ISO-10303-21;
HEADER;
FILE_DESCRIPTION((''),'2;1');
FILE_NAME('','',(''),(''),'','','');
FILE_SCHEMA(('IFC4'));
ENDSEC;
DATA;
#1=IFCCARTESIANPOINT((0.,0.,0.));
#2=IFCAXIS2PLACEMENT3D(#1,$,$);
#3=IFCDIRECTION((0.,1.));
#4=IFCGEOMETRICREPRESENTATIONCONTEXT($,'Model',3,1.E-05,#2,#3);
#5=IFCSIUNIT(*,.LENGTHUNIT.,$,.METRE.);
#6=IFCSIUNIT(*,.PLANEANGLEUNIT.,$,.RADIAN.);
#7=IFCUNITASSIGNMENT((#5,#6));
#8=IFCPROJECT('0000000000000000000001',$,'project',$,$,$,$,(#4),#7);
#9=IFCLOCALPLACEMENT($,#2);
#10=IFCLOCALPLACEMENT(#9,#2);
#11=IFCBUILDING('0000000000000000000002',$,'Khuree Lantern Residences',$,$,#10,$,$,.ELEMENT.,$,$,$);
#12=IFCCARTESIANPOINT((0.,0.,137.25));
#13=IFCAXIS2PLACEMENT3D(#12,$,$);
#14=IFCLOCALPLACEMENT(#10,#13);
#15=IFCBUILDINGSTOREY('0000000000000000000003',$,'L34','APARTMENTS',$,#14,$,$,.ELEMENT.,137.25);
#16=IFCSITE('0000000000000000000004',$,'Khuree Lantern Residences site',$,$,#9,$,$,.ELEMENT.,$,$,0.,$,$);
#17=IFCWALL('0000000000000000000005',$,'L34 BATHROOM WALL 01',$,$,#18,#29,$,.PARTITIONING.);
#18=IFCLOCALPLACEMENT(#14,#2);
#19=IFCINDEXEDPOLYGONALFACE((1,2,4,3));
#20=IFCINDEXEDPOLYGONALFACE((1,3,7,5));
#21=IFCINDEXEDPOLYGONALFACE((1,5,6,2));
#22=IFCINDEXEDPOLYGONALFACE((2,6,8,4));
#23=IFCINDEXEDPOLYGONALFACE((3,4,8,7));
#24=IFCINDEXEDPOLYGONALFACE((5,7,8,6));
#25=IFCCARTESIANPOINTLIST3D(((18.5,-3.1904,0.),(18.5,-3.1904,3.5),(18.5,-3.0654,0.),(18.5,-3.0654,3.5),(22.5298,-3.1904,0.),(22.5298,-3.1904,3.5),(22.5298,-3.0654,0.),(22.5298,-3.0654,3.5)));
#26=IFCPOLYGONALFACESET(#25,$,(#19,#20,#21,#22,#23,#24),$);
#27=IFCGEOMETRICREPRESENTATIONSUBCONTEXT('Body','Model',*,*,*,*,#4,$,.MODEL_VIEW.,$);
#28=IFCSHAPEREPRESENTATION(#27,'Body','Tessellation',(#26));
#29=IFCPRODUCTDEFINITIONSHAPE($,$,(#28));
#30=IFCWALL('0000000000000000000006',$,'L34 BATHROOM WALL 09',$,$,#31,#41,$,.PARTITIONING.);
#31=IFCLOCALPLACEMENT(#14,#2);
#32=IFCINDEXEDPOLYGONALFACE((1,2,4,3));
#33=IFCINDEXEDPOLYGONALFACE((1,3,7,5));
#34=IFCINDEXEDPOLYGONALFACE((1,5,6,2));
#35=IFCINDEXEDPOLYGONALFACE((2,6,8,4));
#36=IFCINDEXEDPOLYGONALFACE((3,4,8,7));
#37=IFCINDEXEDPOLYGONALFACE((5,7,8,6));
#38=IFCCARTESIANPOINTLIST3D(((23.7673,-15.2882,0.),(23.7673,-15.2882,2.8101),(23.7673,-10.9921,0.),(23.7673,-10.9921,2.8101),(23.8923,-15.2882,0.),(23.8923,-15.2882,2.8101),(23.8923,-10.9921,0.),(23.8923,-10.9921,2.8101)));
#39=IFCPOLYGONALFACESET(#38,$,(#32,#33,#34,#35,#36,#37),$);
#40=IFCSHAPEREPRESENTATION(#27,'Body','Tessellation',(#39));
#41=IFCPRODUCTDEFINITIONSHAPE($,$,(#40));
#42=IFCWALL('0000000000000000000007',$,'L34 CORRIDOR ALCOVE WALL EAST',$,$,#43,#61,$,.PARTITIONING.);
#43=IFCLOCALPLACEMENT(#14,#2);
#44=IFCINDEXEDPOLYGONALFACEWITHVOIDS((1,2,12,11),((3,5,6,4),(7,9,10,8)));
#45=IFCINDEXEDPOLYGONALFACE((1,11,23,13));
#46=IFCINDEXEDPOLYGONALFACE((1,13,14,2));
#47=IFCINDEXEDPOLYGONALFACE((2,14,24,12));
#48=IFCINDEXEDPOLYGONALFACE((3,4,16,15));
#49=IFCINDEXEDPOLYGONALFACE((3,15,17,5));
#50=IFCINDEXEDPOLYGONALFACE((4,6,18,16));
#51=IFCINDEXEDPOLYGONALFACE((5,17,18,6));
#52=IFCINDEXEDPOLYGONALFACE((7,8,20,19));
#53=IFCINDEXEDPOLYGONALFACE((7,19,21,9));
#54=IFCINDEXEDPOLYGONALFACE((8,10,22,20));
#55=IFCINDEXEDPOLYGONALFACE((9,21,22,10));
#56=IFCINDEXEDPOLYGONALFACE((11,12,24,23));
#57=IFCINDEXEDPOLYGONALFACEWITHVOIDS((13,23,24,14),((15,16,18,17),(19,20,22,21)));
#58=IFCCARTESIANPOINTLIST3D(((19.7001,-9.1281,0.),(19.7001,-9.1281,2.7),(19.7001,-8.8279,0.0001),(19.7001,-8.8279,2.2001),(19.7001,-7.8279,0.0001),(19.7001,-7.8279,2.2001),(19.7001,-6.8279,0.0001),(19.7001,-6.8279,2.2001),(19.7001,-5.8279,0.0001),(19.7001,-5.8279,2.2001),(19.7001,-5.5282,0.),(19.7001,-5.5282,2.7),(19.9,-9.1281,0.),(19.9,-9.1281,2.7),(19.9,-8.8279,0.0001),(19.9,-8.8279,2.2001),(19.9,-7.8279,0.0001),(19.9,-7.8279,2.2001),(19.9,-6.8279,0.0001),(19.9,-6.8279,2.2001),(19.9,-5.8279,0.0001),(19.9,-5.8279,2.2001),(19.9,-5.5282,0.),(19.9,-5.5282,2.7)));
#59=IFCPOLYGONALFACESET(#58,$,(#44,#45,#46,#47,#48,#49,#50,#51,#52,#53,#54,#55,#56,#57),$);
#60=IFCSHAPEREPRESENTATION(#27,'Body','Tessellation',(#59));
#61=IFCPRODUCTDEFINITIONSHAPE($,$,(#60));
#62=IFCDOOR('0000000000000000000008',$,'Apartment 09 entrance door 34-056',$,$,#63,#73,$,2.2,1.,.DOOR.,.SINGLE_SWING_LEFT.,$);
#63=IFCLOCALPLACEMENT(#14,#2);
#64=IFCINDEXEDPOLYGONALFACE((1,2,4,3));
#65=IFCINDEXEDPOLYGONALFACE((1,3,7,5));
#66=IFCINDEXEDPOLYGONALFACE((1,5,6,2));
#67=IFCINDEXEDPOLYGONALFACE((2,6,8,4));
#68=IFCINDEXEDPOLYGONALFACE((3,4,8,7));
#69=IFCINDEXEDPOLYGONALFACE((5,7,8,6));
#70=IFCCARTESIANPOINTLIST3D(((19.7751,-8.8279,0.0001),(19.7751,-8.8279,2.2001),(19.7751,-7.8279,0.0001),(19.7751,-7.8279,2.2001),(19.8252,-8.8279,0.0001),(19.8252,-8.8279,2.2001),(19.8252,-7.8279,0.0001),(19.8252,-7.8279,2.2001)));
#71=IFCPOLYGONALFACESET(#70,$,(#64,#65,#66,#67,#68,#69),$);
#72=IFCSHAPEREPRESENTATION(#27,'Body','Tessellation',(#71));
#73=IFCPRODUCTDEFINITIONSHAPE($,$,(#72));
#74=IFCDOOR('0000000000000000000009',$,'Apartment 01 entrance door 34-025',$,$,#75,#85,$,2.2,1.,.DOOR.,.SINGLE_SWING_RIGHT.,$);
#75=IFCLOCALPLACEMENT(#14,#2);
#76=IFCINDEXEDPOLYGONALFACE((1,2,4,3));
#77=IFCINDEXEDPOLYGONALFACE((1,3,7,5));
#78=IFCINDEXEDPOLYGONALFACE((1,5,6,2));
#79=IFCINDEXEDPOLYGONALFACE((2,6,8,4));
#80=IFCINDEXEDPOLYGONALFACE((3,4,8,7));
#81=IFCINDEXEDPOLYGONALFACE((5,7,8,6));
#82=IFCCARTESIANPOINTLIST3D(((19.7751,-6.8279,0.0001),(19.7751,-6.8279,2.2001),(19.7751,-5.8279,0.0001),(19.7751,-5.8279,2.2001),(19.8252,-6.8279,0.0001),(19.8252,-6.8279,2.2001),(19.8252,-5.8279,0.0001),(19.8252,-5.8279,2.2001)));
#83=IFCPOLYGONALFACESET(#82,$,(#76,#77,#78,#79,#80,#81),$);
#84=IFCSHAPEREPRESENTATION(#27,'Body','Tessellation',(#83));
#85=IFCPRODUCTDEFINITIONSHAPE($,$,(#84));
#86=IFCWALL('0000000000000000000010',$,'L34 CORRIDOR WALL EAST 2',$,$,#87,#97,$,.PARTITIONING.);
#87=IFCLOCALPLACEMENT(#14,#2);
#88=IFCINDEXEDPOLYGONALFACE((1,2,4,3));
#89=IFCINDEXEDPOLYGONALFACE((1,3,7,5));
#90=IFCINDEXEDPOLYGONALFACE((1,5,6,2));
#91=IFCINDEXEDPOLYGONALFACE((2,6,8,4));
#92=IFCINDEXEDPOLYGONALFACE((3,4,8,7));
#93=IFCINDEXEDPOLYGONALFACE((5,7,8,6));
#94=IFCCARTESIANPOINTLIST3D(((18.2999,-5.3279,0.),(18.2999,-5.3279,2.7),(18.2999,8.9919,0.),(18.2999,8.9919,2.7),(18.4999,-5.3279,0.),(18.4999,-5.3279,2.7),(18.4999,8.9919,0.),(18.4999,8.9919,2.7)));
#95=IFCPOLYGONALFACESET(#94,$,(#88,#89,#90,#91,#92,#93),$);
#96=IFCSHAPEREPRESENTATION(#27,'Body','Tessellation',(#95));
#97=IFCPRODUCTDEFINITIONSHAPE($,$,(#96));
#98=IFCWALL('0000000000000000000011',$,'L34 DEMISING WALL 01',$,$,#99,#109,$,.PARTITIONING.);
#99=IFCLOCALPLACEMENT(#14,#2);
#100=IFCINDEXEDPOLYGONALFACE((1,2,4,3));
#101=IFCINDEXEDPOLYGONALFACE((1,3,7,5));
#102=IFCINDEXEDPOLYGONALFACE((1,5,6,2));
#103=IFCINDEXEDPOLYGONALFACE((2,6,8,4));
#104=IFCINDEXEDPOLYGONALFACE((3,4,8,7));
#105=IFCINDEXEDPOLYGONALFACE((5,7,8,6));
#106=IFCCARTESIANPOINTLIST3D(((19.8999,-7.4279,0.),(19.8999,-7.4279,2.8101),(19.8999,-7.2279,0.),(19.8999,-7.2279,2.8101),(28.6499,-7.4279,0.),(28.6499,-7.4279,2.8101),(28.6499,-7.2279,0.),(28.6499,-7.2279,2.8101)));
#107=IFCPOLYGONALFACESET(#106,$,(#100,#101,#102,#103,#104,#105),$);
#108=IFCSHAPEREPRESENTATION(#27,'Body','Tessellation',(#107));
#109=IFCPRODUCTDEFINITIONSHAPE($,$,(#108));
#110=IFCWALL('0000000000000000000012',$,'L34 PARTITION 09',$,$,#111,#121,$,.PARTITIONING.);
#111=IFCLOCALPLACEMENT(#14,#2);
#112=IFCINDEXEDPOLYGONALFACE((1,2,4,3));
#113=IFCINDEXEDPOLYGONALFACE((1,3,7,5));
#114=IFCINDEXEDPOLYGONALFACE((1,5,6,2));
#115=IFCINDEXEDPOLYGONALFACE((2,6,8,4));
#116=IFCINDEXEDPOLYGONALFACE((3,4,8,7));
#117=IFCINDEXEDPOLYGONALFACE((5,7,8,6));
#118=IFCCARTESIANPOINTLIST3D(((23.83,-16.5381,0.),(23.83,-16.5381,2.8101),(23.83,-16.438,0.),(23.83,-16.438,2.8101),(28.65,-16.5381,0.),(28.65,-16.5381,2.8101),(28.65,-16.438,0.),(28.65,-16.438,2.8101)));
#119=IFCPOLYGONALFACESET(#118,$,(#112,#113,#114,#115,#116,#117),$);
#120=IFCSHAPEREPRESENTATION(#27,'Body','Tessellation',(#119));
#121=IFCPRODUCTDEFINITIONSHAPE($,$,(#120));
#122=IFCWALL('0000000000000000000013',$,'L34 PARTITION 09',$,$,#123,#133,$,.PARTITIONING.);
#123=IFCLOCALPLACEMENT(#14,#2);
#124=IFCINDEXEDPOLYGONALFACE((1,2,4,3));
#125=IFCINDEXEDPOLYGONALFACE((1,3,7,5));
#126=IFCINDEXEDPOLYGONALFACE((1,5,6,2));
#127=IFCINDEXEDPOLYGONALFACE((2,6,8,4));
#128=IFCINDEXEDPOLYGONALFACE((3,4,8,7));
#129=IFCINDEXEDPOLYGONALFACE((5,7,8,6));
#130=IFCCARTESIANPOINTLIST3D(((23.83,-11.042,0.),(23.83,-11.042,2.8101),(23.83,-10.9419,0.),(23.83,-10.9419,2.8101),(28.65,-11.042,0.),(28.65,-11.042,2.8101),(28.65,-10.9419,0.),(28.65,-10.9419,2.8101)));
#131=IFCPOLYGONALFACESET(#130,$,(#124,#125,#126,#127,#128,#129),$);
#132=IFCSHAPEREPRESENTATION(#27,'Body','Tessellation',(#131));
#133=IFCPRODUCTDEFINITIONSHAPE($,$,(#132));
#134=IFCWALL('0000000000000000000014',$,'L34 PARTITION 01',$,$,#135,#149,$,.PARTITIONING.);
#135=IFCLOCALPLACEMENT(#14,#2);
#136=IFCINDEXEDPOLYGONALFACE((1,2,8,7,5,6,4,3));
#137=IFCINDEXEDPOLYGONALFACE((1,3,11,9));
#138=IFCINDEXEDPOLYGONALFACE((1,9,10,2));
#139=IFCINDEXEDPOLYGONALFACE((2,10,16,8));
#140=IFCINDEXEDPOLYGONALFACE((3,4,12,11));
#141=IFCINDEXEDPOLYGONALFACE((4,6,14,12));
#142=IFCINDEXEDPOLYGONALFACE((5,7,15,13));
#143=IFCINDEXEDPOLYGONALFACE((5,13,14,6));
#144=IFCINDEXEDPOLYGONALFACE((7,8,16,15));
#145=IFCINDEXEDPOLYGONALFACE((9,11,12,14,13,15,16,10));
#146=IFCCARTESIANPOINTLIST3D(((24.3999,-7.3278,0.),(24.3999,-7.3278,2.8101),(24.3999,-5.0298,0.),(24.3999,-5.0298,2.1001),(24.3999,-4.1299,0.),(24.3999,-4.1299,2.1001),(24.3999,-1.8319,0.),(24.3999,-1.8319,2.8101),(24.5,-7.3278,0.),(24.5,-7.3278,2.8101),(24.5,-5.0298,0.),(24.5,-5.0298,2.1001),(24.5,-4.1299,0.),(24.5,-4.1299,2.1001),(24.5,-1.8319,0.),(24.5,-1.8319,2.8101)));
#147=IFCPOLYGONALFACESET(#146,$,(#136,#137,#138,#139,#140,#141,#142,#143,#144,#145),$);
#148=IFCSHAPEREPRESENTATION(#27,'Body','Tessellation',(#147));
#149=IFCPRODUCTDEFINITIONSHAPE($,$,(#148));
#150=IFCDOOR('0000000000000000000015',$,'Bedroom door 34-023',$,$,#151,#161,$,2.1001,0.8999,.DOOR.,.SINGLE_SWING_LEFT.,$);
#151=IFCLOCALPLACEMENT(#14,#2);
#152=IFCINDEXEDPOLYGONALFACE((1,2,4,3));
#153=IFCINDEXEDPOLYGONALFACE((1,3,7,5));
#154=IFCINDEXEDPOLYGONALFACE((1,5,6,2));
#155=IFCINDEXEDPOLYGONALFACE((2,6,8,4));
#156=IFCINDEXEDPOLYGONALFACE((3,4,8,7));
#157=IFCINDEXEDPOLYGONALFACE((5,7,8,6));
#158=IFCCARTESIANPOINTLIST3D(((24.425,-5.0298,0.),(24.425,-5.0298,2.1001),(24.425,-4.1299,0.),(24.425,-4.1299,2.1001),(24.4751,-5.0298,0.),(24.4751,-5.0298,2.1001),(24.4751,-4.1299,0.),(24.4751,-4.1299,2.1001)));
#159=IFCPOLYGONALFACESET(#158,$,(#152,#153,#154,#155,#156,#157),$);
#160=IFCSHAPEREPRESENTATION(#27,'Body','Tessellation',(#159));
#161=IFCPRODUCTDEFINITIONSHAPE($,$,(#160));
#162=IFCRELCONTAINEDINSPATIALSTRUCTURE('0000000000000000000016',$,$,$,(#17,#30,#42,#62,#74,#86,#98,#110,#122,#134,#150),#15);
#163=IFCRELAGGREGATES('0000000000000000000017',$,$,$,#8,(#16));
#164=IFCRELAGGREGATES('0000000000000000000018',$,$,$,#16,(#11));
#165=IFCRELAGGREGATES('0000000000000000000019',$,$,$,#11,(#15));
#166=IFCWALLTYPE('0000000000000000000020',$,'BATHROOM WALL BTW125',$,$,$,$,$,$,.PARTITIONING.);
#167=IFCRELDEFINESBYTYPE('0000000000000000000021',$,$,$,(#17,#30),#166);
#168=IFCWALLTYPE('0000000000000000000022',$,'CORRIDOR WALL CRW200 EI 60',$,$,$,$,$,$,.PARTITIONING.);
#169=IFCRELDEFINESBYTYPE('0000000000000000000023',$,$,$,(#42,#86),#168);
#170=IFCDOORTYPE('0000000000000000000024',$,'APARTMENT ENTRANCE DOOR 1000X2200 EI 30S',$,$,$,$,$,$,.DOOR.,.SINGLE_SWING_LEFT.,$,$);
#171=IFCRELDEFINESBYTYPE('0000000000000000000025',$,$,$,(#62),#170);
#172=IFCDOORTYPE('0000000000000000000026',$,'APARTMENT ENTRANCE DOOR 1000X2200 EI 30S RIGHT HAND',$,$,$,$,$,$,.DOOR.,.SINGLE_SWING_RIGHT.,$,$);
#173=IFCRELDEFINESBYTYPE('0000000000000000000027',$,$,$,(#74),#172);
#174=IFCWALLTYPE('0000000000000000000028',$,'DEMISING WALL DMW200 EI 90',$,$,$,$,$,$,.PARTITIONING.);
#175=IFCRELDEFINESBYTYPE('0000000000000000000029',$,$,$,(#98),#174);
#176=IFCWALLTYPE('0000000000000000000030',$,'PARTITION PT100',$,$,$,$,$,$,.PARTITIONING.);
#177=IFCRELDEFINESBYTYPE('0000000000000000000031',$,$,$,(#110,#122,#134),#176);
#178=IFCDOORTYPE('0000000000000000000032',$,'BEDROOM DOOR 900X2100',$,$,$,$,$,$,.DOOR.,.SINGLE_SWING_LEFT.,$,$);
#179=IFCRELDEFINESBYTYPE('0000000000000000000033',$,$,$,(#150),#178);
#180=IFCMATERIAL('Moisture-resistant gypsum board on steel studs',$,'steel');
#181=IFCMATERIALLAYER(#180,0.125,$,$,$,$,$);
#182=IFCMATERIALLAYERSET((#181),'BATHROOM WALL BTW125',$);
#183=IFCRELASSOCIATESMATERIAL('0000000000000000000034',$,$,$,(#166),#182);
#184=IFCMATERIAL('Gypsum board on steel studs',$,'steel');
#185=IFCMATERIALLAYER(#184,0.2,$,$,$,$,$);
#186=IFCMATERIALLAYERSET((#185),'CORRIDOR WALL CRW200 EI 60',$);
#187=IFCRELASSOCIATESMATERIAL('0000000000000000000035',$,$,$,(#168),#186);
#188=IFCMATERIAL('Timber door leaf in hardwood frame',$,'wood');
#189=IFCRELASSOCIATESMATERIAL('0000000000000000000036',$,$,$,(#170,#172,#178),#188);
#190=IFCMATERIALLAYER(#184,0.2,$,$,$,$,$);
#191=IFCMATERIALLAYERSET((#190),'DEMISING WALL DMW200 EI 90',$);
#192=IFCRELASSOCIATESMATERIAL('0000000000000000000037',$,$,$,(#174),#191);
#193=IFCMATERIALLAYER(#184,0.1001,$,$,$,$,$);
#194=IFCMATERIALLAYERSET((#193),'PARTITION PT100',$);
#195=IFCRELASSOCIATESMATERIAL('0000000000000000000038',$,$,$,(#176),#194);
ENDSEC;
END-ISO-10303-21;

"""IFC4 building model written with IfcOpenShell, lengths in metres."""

from ifc_helpers import new_model, si_unit, direction, frame, frame_2d, origin, place, context, subcontext, project, spatial, rectangle, extrude, material, layer, layer_set, type_object, element, fill, save


model = new_model("IFC4")

# Units and contexts
model_context = context("Model", 3, precision=1e-05, world=origin(), true_north=direction((0.0, 1.0)))
body_context = subcontext(model_context, "Body", "Model", "MODEL_VIEW")
ifc_project = project(units=[si_unit("LENGTHUNIT", "METRE"), si_unit("PLANEANGLEUNIT", "RADIAN")], contexts=[model_context])

# Site, building, storey
site_placement = place(None, origin())
site = spatial("IfcSite", under=ifc_project, at=site_placement, Name="Khuree Lantern Residences site", CompositionType="ELEMENT", RefElevation=0.0)
building_placement = place(site_placement, origin())
building = spatial("IfcBuilding", under=site, at=building_placement, Name="Khuree Lantern Residences", CompositionType="ELEMENT")
storey_placement = place(building_placement, frame((0.0, 0.0, 137.25)))
storey = spatial("IfcBuildingStorey", under=building, at=storey_placement, Name="L34", Description="APARTMENTS", CompositionType="ELEMENT", Elevation=137.25)

# Shared definitions
ifc_material_1 = material(Name="Moisture-resistant gypsum board on steel studs", Category="steel")
ifc_layer_1 = layer(ifc_material_1, 0.125)
ifc_layer_set_1 = layer_set([ifc_layer_1], Name="BATHROOM WALL BTW125")
wall_type_1 = type_object("IfcWallType", Name="BATHROOM WALL BTW125", PredefinedType="PARTITIONING", material=ifc_layer_set_1)
ifc_material_2 = material(Name="Timber door leaf in hardwood frame", Category="wood")

# Walls
wall_1_placement = place(storey_placement, frame((18.5, -3.1279, 0.0), z_axis=(0.0, 0.0, 1.0), x_axis=(1.0, 0.0, 0.0)))
element("IfcWall", 1, at=wall_1_placement, inside=storey, type_object=wall_type_1, Name="L34 BATHROOM WALL 01", PredefinedType="PARTITIONING", context=body_context, shape_type="SweptSolid", body=[
    extrude(rectangle(XDim=4.0298, YDim=0.125, at=frame_2d((2.0149, 0.0))), origin(), (0.0, 0.0, 1.0), 3.5),
])
wall_2_placement = place(storey_placement, frame((23.8298, -15.2881, 0.0), z_axis=(0.0, 0.0, 1.0), x_axis=(0.0, 1.0, 0.0)))
element("IfcWall", 2, at=wall_2_placement, inside=storey, type_object=wall_type_1, Name="L34 BATHROOM WALL 09", PredefinedType="PARTITIONING", context=body_context, shape_type="SweptSolid", body=[
    extrude(rectangle(XDim=4.2961, YDim=0.125, at=frame_2d((2.1479, 0.0))), origin(), (0.0, 0.0, 1.0), 2.8101),
])

# Wall, openings, doors
ifc_material_3 = material(Name="Gypsum board on steel studs", Category="steel")
ifc_layer_2 = layer(ifc_material_3, 0.2)
ifc_layer_set_2 = layer_set([ifc_layer_2], Name="CORRIDOR WALL CRW200 EI 60")
wall_type_2 = type_object("IfcWallType", Name="CORRIDOR WALL CRW200 EI 60", PredefinedType="PARTITIONING", material=ifc_layer_set_2)
wall_3_placement = place(storey_placement, frame((19.8, -9.1279, 0.0), z_axis=(0.0, 0.0, 1.0), x_axis=(0.0, 1.0, 0.0)))
wall_3 = element("IfcWall", 3, at=wall_3_placement, inside=storey, type_object=wall_type_2, Name="L34 CORRIDOR ALCOVE WALL EAST", PredefinedType="PARTITIONING", context=body_context, shape_type="SweptSolid", body=[
    extrude(rectangle(XDim=3.5999, YDim=0.2, at=frame_2d((1.7998, 0.0))), origin(), (0.0, 0.0, 1.0), 2.7),
])
opening_1_placement = place(wall_3_placement, frame((2.3, 0.0, 0.0)))
opening_1 = element("IfcOpeningElement", 4, at=opening_1_placement, cuts=wall_3, PredefinedType="OPENING", context=body_context, shape_type="SweptSolid", body=[
    extrude(rectangle(XDim=1.0, YDim=2.2, at=frame_2d((0.5, 1.1001))), frame((0.0, 0.1099, 0.0), z_axis=(0.0, -1.0, 0.0), x_axis=(1.0, 0.0, 0.0)), (0.0, 0.0, 1.0), 0.22),
])
opening_2_placement = place(wall_3_placement, frame((0.3, 0.0, 0.0)))
opening_2 = element("IfcOpeningElement", 5, at=opening_2_placement, cuts=wall_3, PredefinedType="OPENING", context=body_context, shape_type="SweptSolid", body=[
    extrude(rectangle(XDim=1.0, YDim=2.2, at=frame_2d((0.5, 1.1001))), frame((0.0, 0.1099, 0.0), z_axis=(0.0, -1.0, 0.0), x_axis=(1.0, 0.0, 0.0)), (0.0, 0.0, 1.0), 0.22),
])
door_type_1 = type_object("IfcDoorType", Name="APARTMENT ENTRANCE DOOR 1000X2200 EI 30S", OperationType="SINGLE_SWING_LEFT", PredefinedType="DOOR", material=ifc_material_2)
door_1_placement = place(opening_2_placement, origin())
door_1 = element("IfcDoor", 6, at=door_1_placement, inside=storey, type_object=door_type_1, Name="Apartment 09 entrance door 34-056", OperationType="SINGLE_SWING_LEFT", OverallHeight=2.2, OverallWidth=1.0, PredefinedType="DOOR", context=body_context, shape_type="SweptSolid", body=[
    extrude(rectangle(XDim=1.0, YDim=2.2, at=frame_2d((0.5, 1.1001))), frame((0.0, 0.0249, 0.0), z_axis=(0.0, -1.0, 0.0), x_axis=(1.0, 0.0, 0.0)), (0.0, 0.0, 1.0), 0.05),
])
fill(opening_2, door_1)
door_type_2 = type_object("IfcDoorType", Name="APARTMENT ENTRANCE DOOR 1000X2200 EI 30S RIGHT HAND", OperationType="SINGLE_SWING_RIGHT", PredefinedType="DOOR", material=ifc_material_2)
door_2_placement = place(opening_1_placement, origin())
door_2 = element("IfcDoor", 7, at=door_2_placement, inside=storey, type_object=door_type_2, Name="Apartment 01 entrance door 34-025", OperationType="SINGLE_SWING_RIGHT", OverallHeight=2.2, OverallWidth=1.0, PredefinedType="DOOR", context=body_context, shape_type="SweptSolid", body=[
    extrude(rectangle(XDim=1.0, YDim=2.2, at=frame_2d((0.5, 1.1001))), frame((0.0, 0.0249, 0.0), z_axis=(0.0, -1.0, 0.0), x_axis=(1.0, 0.0, 0.0)), (0.0, 0.0, 1.0), 0.05),
])
fill(opening_1, door_2)

# Walls
wall_4_placement = place(storey_placement, frame((18.3999, -5.3279, 0.0), z_axis=(0.0, 0.0, 1.0), x_axis=(0.0, 1.0, 0.0)))
element("IfcWall", 8, at=wall_4_placement, inside=storey, type_object=wall_type_2, Name="L34 CORRIDOR WALL EAST 2", PredefinedType="PARTITIONING", context=body_context, shape_type="SweptSolid", body=[
    extrude(rectangle(XDim=14.3198, YDim=0.2, at=frame_2d((7.1599, 0.0))), origin(), (0.0, 0.0, 1.0), 2.7),
])
ifc_layer_3 = layer(ifc_material_3, 0.2)
ifc_layer_set_3 = layer_set([ifc_layer_3], Name="DEMISING WALL DMW200 EI 90")
wall_type_3 = type_object("IfcWallType", Name="DEMISING WALL DMW200 EI 90", PredefinedType="PARTITIONING", material=ifc_layer_set_3)
wall_5_placement = place(storey_placement, frame((19.8999, -7.3279, 0.0), z_axis=(0.0, 0.0, 1.0), x_axis=(1.0, 0.0, 0.0)))
element("IfcWall", 9, at=wall_5_placement, inside=storey, type_object=wall_type_3, Name="L34 DEMISING WALL 01", PredefinedType="PARTITIONING", context=body_context, shape_type="SweptSolid", body=[
    extrude(rectangle(XDim=8.75, YDim=0.2, at=frame_2d((4.375, 0.0))), origin(), (0.0, 0.0, 1.0), 2.8101),
])
ifc_layer_4 = layer(ifc_material_3, 0.1001)
ifc_layer_set_4 = layer_set([ifc_layer_4], Name="PARTITION PT100")
wall_type_4 = type_object("IfcWallType", Name="PARTITION PT100", PredefinedType="PARTITIONING", material=ifc_layer_set_4)
for number, where, z_axis, x_axis, name in (
    (10, (23.8298, -16.488, 0.0), (0.0, 0.0, 1.0), (1.0, 0.0, 0.0), "L34 PARTITION 09"),
    (11, (23.8298, -10.9919, 0.0), (0.0, 0.0, 1.0), (1.0, 0.0, 0.0), "L34 PARTITION 09"),
):
    element("IfcWall", number, at=place(storey_placement, frame(where, z_axis=z_axis, x_axis=x_axis)), inside=storey, type_object=wall_type_4, Name=name, PredefinedType="PARTITIONING", context=body_context, shape_type="SweptSolid", body=[
        extrude(rectangle(XDim=4.8201, YDim=0.1001, at=frame_2d((2.4102, 0.0))), origin(), (0.0, 0.0, 1.0), 2.8101),
    ])

# Wall, opening, door
wall_6_placement = place(storey_placement, frame((24.45, -7.3279, 0.0), z_axis=(0.0, 0.0, 1.0), x_axis=(0.0, 1.0, 0.0)))
wall_6 = element("IfcWall", 12, at=wall_6_placement, inside=storey, type_object=wall_type_4, Name="L34 PARTITION 01", PredefinedType="PARTITIONING", context=body_context, shape_type="SweptSolid", body=[
    extrude(rectangle(XDim=5.4958, YDim=0.1001, at=frame_2d((2.748, 0.0))), origin(), (0.0, 0.0, 1.0), 2.8101),
])
opening_3_placement = place(wall_6_placement, frame((2.2981, 0.0, 0.0)))
opening_3 = element("IfcOpeningElement", 13, at=opening_3_placement, cuts=wall_6, PredefinedType="OPENING", context=body_context, shape_type="SweptSolid", body=[
    extrude(rectangle(XDim=0.8999, YDim=2.1001, at=frame_2d((0.45, 1.05))), frame((0.0, 0.0601, 0.0), z_axis=(0.0, -1.0, 0.0), x_axis=(1.0, 0.0, 0.0)), (0.0, 0.0, 1.0), 0.1201),
])
door_type_3 = type_object("IfcDoorType", Name="BEDROOM DOOR 900X2100", OperationType="SINGLE_SWING_LEFT", PredefinedType="DOOR", material=ifc_material_2)
door_3_placement = place(opening_3_placement, origin())
door_3 = element("IfcDoor", 14, at=door_3_placement, inside=storey, type_object=door_type_3, Name="Bedroom door 34-023", OperationType="SINGLE_SWING_LEFT", OverallHeight=2.1001, OverallWidth=0.8999, PredefinedType="DOOR", context=body_context, shape_type="SweptSolid", body=[
    extrude(rectangle(XDim=0.8999, YDim=2.1001, at=frame_2d((0.45, 1.05))), frame((0.0, 0.0249, 0.0), z_axis=(0.0, -1.0, 0.0), x_axis=(1.0, 0.0, 0.0)), (0.0, 0.0, 1.0), 0.05),
])
fill(opening_3, door_3)

save(model, "model.ifc")
